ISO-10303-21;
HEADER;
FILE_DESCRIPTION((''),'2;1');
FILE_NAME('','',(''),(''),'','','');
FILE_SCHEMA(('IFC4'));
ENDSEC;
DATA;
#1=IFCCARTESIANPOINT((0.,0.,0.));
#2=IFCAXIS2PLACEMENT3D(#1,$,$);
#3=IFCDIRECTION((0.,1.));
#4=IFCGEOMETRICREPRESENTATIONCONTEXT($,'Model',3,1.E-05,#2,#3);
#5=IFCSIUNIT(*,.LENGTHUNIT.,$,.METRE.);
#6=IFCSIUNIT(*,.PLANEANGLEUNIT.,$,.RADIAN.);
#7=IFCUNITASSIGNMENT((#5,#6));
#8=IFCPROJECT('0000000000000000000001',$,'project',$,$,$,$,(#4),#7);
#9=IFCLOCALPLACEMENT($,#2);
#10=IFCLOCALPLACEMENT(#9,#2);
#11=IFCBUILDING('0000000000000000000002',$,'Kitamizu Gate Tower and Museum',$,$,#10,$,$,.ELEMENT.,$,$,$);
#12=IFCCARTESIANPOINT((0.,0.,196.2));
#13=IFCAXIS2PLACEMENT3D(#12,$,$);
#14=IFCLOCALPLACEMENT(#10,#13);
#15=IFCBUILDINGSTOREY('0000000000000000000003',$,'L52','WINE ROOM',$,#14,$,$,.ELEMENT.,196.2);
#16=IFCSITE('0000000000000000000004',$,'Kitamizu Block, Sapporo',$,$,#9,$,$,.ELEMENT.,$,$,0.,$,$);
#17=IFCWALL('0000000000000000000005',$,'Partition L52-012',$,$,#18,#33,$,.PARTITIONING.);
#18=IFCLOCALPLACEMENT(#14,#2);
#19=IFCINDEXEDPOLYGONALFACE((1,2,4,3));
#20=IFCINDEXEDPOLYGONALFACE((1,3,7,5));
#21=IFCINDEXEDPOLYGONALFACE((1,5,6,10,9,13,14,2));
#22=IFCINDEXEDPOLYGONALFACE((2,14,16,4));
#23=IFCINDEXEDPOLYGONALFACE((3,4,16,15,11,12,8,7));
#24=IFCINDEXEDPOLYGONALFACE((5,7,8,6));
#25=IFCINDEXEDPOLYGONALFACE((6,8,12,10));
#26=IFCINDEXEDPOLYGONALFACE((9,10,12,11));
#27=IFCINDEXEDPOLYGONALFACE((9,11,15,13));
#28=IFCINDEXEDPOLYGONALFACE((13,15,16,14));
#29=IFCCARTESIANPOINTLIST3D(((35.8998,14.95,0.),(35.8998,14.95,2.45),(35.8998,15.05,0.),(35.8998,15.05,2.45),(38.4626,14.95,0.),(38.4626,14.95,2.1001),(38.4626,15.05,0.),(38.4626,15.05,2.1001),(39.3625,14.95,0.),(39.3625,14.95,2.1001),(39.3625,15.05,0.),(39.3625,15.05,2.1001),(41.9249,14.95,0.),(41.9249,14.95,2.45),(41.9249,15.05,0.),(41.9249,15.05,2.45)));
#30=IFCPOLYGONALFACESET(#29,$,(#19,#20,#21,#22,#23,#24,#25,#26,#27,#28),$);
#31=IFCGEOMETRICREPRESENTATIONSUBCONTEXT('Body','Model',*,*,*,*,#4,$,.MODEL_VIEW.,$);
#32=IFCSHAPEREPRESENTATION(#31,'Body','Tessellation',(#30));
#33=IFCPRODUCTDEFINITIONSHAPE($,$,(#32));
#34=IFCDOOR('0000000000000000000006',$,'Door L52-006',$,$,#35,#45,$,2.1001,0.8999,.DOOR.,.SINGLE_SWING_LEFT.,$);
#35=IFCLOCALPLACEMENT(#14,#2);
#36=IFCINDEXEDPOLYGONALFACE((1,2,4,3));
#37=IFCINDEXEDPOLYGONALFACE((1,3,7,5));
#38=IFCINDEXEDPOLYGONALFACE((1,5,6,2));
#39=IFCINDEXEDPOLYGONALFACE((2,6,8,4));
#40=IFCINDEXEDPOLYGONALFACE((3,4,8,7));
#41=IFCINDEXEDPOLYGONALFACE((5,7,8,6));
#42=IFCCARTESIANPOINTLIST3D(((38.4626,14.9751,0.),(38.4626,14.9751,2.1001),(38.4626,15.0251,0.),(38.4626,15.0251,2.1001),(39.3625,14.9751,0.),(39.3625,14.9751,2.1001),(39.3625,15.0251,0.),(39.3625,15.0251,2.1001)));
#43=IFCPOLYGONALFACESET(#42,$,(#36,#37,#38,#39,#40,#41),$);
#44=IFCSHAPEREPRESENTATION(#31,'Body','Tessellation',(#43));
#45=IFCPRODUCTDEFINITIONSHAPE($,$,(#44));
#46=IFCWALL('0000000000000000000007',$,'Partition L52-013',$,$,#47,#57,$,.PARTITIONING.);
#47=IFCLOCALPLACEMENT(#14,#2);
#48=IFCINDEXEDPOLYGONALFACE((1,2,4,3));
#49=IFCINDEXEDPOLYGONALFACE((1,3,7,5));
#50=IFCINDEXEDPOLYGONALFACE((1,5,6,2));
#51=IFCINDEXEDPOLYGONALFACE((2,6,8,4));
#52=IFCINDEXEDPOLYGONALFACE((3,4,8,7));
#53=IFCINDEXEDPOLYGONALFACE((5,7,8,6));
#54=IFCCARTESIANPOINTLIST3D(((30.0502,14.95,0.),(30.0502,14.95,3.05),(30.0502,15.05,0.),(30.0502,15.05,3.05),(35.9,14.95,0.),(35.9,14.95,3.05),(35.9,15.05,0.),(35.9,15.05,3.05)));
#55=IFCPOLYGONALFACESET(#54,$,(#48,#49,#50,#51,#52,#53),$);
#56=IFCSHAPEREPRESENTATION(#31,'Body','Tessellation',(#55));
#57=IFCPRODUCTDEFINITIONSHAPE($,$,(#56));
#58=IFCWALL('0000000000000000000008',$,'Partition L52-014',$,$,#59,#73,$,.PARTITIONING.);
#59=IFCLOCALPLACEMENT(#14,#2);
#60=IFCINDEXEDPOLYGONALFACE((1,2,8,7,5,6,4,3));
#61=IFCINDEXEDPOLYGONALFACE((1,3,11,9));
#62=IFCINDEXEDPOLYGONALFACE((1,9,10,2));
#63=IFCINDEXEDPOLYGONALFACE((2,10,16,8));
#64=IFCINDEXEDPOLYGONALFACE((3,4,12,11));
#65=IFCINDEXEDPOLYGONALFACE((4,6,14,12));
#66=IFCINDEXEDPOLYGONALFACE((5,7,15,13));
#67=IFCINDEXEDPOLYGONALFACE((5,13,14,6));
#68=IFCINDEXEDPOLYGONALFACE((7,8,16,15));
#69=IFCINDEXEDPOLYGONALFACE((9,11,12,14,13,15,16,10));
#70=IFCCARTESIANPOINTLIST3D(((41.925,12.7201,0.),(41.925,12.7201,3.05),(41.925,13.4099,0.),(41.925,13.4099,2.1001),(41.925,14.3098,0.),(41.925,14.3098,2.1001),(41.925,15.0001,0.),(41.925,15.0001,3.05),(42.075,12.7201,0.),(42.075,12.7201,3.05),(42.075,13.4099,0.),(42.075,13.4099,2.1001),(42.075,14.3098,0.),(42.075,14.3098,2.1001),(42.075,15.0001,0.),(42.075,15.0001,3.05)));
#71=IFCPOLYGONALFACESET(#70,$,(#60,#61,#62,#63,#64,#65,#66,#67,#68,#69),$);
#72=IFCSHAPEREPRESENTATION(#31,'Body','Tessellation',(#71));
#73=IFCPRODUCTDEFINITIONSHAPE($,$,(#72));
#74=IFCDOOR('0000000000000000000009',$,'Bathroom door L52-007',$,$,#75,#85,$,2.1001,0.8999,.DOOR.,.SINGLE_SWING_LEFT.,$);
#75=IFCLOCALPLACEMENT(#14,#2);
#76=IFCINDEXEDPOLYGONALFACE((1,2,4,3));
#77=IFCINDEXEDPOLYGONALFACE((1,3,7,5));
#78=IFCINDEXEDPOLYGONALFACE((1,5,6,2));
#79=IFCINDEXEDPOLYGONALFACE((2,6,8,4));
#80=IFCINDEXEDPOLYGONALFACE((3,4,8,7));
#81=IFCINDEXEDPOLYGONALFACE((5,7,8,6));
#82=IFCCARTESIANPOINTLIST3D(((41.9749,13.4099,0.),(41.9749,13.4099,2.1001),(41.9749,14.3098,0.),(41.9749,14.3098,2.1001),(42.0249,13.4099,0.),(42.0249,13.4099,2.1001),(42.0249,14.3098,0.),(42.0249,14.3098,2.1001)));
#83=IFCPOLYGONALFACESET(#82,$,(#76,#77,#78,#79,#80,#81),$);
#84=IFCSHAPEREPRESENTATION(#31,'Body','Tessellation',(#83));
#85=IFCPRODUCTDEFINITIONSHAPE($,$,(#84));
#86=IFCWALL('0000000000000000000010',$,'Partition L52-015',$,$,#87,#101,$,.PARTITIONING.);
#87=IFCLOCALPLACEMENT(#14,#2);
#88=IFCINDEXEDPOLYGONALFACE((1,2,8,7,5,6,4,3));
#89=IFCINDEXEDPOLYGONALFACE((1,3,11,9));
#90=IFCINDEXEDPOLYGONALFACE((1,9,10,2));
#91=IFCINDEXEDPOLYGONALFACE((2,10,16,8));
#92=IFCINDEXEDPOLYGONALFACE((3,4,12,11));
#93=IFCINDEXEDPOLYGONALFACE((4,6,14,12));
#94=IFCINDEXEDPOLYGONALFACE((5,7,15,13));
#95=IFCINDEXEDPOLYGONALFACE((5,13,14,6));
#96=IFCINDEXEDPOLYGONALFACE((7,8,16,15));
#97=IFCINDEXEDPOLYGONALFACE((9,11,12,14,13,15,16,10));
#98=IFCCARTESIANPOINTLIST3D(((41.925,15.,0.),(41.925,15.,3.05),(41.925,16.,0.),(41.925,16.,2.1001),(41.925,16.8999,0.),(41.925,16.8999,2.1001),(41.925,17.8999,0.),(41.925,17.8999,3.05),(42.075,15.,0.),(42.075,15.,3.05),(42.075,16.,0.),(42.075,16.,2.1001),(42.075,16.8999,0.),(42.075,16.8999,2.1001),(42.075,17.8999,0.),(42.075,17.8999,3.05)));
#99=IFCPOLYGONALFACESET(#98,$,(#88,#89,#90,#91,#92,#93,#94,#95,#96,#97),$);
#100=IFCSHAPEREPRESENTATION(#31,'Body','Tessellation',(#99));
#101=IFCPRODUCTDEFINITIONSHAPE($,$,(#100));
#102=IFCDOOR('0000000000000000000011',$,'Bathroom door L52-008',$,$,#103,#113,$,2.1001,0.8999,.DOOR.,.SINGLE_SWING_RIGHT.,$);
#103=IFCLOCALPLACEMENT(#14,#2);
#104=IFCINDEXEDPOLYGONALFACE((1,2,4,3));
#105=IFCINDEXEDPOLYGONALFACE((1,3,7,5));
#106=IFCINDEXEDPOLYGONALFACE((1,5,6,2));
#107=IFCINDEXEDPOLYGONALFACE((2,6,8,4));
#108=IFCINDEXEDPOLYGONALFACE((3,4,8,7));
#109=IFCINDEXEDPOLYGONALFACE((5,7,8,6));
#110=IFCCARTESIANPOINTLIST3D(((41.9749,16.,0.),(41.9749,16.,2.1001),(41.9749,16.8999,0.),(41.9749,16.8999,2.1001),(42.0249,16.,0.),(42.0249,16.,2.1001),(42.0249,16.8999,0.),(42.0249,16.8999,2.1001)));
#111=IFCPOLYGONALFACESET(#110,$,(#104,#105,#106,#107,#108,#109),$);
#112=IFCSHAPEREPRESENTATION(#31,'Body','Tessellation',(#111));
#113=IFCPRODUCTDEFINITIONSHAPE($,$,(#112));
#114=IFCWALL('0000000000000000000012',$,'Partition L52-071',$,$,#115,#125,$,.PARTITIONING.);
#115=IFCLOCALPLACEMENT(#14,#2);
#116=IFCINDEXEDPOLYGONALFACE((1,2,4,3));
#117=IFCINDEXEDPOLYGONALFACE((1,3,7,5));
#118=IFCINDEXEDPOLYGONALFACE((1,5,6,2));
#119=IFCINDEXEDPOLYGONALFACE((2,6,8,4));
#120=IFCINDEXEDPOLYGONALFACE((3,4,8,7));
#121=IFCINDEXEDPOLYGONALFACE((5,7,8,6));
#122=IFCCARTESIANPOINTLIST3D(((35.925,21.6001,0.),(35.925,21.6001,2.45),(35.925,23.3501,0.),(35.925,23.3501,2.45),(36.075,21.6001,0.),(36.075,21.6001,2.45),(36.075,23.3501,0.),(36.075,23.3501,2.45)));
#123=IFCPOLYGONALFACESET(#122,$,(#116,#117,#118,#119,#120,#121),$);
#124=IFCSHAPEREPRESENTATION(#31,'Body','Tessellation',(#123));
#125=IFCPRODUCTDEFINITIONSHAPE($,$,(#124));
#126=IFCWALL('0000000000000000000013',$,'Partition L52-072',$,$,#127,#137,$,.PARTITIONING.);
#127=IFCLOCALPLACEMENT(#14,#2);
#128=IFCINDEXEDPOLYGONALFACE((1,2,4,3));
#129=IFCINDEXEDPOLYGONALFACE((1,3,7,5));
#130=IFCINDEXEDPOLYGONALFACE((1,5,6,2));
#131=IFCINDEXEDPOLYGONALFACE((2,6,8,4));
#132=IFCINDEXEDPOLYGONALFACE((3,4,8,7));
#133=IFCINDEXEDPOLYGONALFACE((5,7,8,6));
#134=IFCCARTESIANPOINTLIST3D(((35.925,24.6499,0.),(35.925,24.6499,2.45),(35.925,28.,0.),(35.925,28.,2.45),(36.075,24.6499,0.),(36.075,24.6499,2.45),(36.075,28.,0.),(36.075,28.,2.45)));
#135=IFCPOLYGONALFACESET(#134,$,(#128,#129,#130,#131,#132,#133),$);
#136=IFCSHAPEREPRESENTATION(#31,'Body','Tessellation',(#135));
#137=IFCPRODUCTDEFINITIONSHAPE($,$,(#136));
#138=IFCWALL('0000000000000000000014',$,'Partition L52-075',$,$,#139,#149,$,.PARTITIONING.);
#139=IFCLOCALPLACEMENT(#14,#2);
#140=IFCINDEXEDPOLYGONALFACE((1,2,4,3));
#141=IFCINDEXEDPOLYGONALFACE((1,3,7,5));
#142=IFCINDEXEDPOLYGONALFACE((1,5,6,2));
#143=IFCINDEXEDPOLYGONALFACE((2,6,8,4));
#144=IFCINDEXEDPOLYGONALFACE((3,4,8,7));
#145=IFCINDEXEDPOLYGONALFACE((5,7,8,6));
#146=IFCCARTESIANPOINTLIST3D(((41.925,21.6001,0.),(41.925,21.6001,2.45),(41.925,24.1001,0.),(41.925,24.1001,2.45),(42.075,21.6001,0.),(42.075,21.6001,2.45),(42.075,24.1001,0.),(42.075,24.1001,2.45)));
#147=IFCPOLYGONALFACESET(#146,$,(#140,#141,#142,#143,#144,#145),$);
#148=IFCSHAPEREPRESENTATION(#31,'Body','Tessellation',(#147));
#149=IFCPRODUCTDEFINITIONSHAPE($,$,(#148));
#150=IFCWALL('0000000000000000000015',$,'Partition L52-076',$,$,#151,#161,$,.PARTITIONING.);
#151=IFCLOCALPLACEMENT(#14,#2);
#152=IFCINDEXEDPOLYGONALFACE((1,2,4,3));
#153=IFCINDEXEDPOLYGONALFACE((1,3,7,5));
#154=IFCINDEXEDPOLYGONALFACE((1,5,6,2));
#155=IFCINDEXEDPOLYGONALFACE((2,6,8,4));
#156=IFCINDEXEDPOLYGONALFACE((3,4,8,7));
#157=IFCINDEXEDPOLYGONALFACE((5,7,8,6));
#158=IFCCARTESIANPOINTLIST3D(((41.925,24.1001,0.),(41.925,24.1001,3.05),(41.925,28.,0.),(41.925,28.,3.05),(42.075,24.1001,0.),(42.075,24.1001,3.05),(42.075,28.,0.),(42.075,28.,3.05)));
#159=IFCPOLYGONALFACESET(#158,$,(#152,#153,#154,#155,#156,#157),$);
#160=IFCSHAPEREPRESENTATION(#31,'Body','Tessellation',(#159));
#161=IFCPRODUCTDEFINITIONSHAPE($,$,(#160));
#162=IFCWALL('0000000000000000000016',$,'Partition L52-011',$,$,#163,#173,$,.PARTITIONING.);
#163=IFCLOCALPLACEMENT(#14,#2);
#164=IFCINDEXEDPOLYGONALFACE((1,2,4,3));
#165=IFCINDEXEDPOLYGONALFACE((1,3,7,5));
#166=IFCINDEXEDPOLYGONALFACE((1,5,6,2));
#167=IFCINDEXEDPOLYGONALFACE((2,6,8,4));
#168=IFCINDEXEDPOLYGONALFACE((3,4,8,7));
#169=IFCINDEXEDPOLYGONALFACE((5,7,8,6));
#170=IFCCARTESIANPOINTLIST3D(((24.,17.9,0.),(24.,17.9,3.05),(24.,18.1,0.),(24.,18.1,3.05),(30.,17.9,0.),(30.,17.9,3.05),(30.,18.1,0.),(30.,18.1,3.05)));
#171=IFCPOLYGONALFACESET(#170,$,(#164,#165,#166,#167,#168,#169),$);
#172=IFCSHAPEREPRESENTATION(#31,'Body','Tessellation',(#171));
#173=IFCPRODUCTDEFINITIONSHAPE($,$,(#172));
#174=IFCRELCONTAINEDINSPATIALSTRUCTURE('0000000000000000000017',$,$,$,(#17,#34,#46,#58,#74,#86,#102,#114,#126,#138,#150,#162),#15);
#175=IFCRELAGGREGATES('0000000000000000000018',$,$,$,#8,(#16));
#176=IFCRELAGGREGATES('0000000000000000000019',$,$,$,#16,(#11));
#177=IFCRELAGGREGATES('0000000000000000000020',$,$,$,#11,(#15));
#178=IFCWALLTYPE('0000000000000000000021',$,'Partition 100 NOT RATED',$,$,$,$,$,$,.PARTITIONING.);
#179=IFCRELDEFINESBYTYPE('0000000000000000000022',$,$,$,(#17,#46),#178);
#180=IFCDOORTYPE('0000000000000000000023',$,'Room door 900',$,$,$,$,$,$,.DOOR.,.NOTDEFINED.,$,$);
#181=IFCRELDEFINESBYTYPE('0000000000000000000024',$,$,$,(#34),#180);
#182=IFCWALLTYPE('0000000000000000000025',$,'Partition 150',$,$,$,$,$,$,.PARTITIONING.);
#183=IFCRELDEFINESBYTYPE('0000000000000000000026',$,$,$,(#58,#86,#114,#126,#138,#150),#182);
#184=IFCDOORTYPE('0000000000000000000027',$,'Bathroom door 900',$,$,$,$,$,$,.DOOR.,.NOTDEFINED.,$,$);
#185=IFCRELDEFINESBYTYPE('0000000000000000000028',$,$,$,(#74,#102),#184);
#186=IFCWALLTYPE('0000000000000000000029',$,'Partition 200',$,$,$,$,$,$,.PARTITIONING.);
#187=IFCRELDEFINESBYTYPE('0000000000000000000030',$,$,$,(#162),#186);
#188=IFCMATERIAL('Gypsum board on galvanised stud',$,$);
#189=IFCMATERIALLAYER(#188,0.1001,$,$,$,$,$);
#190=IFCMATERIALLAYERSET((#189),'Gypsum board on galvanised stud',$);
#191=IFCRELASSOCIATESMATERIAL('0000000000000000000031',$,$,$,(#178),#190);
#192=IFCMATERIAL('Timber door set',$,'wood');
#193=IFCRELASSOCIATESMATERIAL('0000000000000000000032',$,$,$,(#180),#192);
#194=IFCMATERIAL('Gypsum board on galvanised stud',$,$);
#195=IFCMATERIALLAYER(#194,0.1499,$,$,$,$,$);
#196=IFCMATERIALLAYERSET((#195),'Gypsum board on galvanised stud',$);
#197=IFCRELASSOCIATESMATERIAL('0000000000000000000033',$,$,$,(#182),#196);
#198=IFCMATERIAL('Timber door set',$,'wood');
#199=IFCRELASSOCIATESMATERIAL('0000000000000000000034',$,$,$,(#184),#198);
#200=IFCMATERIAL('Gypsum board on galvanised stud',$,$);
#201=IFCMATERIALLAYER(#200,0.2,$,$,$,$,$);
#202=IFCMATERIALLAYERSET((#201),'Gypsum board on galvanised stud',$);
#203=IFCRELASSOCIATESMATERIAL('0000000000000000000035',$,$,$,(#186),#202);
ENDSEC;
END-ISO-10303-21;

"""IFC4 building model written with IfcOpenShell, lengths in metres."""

from ifc_helpers import new_model, si_unit, direction, frame, frame_2d, origin, place, context, subcontext, project, spatial, rectangle, extrude, material, layer, layer_set, type_object, element, fill, save


model = new_model("IFC4")

# Units and contexts
model_context = context("Model", 3, precision=1e-05, world=origin(), true_north=direction((0.0, 1.0)))
body_context = subcontext(model_context, "Body", "Model", "MODEL_VIEW")
ifc_project = project(units=[si_unit("LENGTHUNIT", "METRE"), si_unit("PLANEANGLEUNIT", "RADIAN")], contexts=[model_context])

# Site, building, storey
site_placement = place(None, origin())
site = spatial("IfcSite", under=ifc_project, at=site_placement, Name="Kitamizu Block, Sapporo", CompositionType="ELEMENT", RefElevation=0.0)
building_placement = place(site_placement, origin())
building = spatial("IfcBuilding", under=site, at=building_placement, Name="Kitamizu Gate Tower and Museum", CompositionType="ELEMENT")
storey_placement = place(building_placement, frame((0.0, 0.0, 196.2)))
storey = spatial("IfcBuildingStorey", under=building, at=storey_placement, Name="L52", Description="WINE ROOM", CompositionType="ELEMENT", Elevation=196.2)

# Shared definitions
ifc_material_1 = material(Name="Gypsum board on galvanised stud")
ifc_layer_1 = layer(ifc_material_1, 0.1001)
ifc_layer_set_1 = layer_set([ifc_layer_1], Name="Gypsum board on galvanised stud")
wall_type_1 = type_object("IfcWallType", Name="Partition 100 NOT RATED", PredefinedType="PARTITIONING", material=ifc_layer_set_1)
ifc_material_2 = material(Name="Timber door set", Category="wood")
door_type_1 = type_object("IfcDoorType", Name="Room door 900", OperationType="NOTDEFINED", PredefinedType="DOOR", material=ifc_material_2)

# Wall, opening, door
wall_1_placement = place(storey_placement, frame((41.925, 15.0, 0.0), z_axis=(0.0, 0.0, 1.0), x_axis=(-1.0, 0.0, 0.0)))
wall_1 = element("IfcWall", 1, at=wall_1_placement, inside=storey, type_object=wall_type_1, Name="Partition L52-012", PredefinedType="PARTITIONING", context=body_context, shape_type="SweptSolid", body=[
    extrude(rectangle(XDim=6.0251, YDim=0.1001, at=frame_2d((3.0127, 0.0))), origin(), (0.0, 0.0, 1.0), 2.45),
])
opening_1_placement = place(wall_1_placement, frame((2.5625, 0.0, 0.0)))
opening_1 = element("IfcOpeningElement", 2, at=opening_1_placement, cuts=wall_1, PredefinedType="OPENING", context=body_context, shape_type="SweptSolid", body=[
    extrude(rectangle(XDim=0.8999, YDim=2.1001, at=frame_2d((0.45, 1.05))), frame((0.0, 0.0601, 0.0), z_axis=(0.0, -1.0, 0.0), x_axis=(1.0, 0.0, 0.0)), (0.0, 0.0, 1.0), 0.1201),
])
door_1_placement = place(opening_1_placement, origin())
door_1 = element("IfcDoor", 3, at=door_1_placement, inside=storey, type_object=door_type_1, Name="Door L52-006", OperationType="SINGLE_SWING_LEFT", OverallHeight=2.1001, OverallWidth=0.8999, PredefinedType="DOOR", context=body_context, shape_type="SweptSolid", body=[
    extrude(rectangle(XDim=0.8999, YDim=2.1001, at=frame_2d((0.45, 1.05))), frame((0.0, 0.0249, 0.0), z_axis=(0.0, -1.0, 0.0), x_axis=(1.0, 0.0, 0.0)), (0.0, 0.0, 1.0), 0.05),
])
fill(opening_1, door_1)

# Wall
wall_2_placement = place(storey_placement, frame((35.8999, 15.0, 0.0), z_axis=(0.0, 0.0, 1.0), x_axis=(-1.0, 0.0, 0.0)))
element("IfcWall", 4, at=wall_2_placement, inside=storey, type_object=wall_type_1, Name="Partition L52-013", PredefinedType="PARTITIONING", context=body_context, shape_type="SweptSolid", body=[
    extrude(rectangle(XDim=5.8499, YDim=0.1001, at=frame_2d((2.9248, 0.0))), origin(), (0.0, 0.0, 1.0), 3.05),
])

# Walls, openings, doors
ifc_material_3 = material(Name="Gypsum board on galvanised stud")
ifc_layer_2 = layer(ifc_material_3, 0.1499)
ifc_layer_set_2 = layer_set([ifc_layer_2], Name="Gypsum board on galvanised stud")
wall_type_2 = type_object("IfcWallType", Name="Partition 150", PredefinedType="PARTITIONING", material=ifc_layer_set_2)
wall_3_placement = place(storey_placement, frame((42.0, 12.72, 0.0), z_axis=(0.0, 0.0, 1.0), x_axis=(0.0, 1.0, 0.0)))
wall_3 = element("IfcWall", 5, at=wall_3_placement, inside=storey, type_object=wall_type_2, Name="Partition L52-014", PredefinedType="PARTITIONING", context=body_context, shape_type="SweptSolid", body=[
    extrude(rectangle(XDim=2.28, YDim=0.1499, at=frame_2d((1.1401, 0.0))), origin(), (0.0, 0.0, 1.0), 3.05),
])
opening_2_placement = place(wall_3_placement, frame((0.6899, 0.0, 0.0)))
opening_2 = element("IfcOpeningElement", 6, at=opening_2_placement, cuts=wall_3, PredefinedType="OPENING", context=body_context, shape_type="SweptSolid", body=[
    extrude(rectangle(XDim=0.8999, YDim=2.1001, at=frame_2d((0.45, 1.05))), frame((0.0, 0.085, 0.0), z_axis=(0.0, -1.0, 0.0), x_axis=(1.0, 0.0, 0.0)), (0.0, 0.0, 1.0), 0.1699),
])
ifc_material_4 = material(Name="Timber door set", Category="wood")
door_type_2 = type_object("IfcDoorType", Name="Bathroom door 900", OperationType="NOTDEFINED", PredefinedType="DOOR", material=ifc_material_4)
door_2_placement = place(opening_2_placement, frame((0.8999, 0.0, 0.0), x_axis=(-1.0, 0.0, 0.0)))
door_2 = element("IfcDoor", 7, at=door_2_placement, inside=storey, type_object=door_type_2, Name="Bathroom door L52-007", OperationType="SINGLE_SWING_LEFT", OverallHeight=2.1001, OverallWidth=0.8999, PredefinedType="DOOR", context=body_context, shape_type="SweptSolid", body=[
    extrude(rectangle(XDim=0.8999, YDim=2.1001, at=frame_2d((0.45, 1.05))), frame((0.0, 0.0249, 0.0), z_axis=(0.0, -1.0, 0.0), x_axis=(1.0, 0.0, 0.0)), (0.0, 0.0, 1.0), 0.05),
])
fill(opening_2, door_2)
wall_4_placement = place(storey_placement, frame((42.0, 15.0, 0.0), z_axis=(0.0, 0.0, 1.0), x_axis=(0.0, 1.0, 0.0)))
wall_4 = element("IfcWall", 8, at=wall_4_placement, inside=storey, type_object=wall_type_2, Name="Partition L52-015", PredefinedType="PARTITIONING", context=body_context, shape_type="SweptSolid", body=[
    extrude(rectangle(XDim=2.8999, YDim=0.1499, at=frame_2d((1.45, 0.0))), origin(), (0.0, 0.0, 1.0), 3.05),
])
opening_3_placement = place(wall_4_placement, frame((1.0, 0.0, 0.0)))
opening_3 = element("IfcOpeningElement", 9, at=opening_3_placement, cuts=wall_4, PredefinedType="OPENING", context=body_context, shape_type="SweptSolid", body=[
    extrude(rectangle(XDim=0.8999, YDim=2.1001, at=frame_2d((0.45, 1.05))), frame((0.0, 0.085, 0.0), z_axis=(0.0, -1.0, 0.0), x_axis=(1.0, 0.0, 0.0)), (0.0, 0.0, 1.0), 0.1699),
])
door_3_placement = place(opening_3_placement, frame((0.8999, 0.0, 0.0), x_axis=(-1.0, 0.0, 0.0)))
door_3 = element("IfcDoor", 10, at=door_3_placement, inside=storey, type_object=door_type_2, Name="Bathroom door L52-008", OperationType="SINGLE_SWING_RIGHT", OverallHeight=2.1001, OverallWidth=0.8999, PredefinedType="DOOR", context=body_context, shape_type="SweptSolid", body=[
    extrude(rectangle(XDim=0.8999, YDim=2.1001, at=frame_2d((0.45, 1.05))), frame((0.0, 0.0249, 0.0), z_axis=(0.0, -1.0, 0.0), x_axis=(1.0, 0.0, 0.0)), (0.0, 0.0, 1.0), 0.05),
])
fill(opening_3, door_3)

# Walls
wall_5_placement = place(storey_placement, frame((36.0, 21.6001, 0.0), z_axis=(0.0, 0.0, 1.0), x_axis=(0.0, 1.0, 0.0)))
element("IfcWall", 11, at=wall_5_placement, inside=storey, type_object=wall_type_2, Name="Partition L52-071", PredefinedType="PARTITIONING", context=body_context, shape_type="SweptSolid", body=[
    extrude(rectangle(XDim=1.75, YDim=0.1499, at=frame_2d((0.875, 0.0))), origin(), (0.0, 0.0, 1.0), 2.45),
])
wall_6_placement = place(storey_placement, frame((36.0, 24.6499, 0.0), z_axis=(0.0, 0.0, 1.0), x_axis=(0.0, 1.0, 0.0)))
element("IfcWall", 12, at=wall_6_placement, inside=storey, type_object=wall_type_2, Name="Partition L52-072", PredefinedType="PARTITIONING", context=body_context, shape_type="SweptSolid", body=[
    extrude(rectangle(XDim=3.3501, YDim=0.1499, at=frame_2d((1.675, 0.0))), origin(), (0.0, 0.0, 1.0), 2.45),
])
wall_7_placement = place(storey_placement, frame((42.0, 21.6001, 0.0), z_axis=(0.0, 0.0, 1.0), x_axis=(0.0, 1.0, 0.0)))
element("IfcWall", 13, at=wall_7_placement, inside=storey, type_object=wall_type_2, Name="Partition L52-075", PredefinedType="PARTITIONING", context=body_context, shape_type="SweptSolid", body=[
    extrude(rectangle(XDim=2.5, YDim=0.1499, at=frame_2d((1.25, 0.0))), origin(), (0.0, 0.0, 1.0), 2.45),
])
wall_8_placement = place(storey_placement, frame((42.0, 24.1001, 0.0), z_axis=(0.0, 0.0, 1.0), x_axis=(0.0, 1.0, 0.0)))
element("IfcWall", 14, at=wall_8_placement, inside=storey, type_object=wall_type_2, Name="Partition L52-076", PredefinedType="PARTITIONING", context=body_context, shape_type="SweptSolid", body=[
    extrude(rectangle(XDim=3.8999, YDim=0.1499, at=frame_2d((1.95, 0.0))), origin(), (0.0, 0.0, 1.0), 3.05),
])
ifc_material_5 = material(Name="Gypsum board on galvanised stud")
ifc_layer_3 = layer(ifc_material_5, 0.2)
ifc_layer_set_3 = layer_set([ifc_layer_3], Name="Gypsum board on galvanised stud")
wall_type_3 = type_object("IfcWallType", Name="Partition 200", PredefinedType="PARTITIONING", material=ifc_layer_set_3)
wall_9_placement = place(storey_placement, frame((30.0, 18.0, 0.0), z_axis=(0.0, 0.0, 1.0), x_axis=(-1.0, 0.0, 0.0)))
element("IfcWall", 15, at=wall_9_placement, inside=storey, type_object=wall_type_3, Name="Partition L52-011", PredefinedType="PARTITIONING", context=body_context, shape_type="SweptSolid", body=[
    extrude(rectangle(XDim=6.0, YDim=0.2, at=frame_2d((3.0, 0.0))), origin(), (0.0, 0.0, 1.0), 3.05),
])

save(model, "model.ifc")
